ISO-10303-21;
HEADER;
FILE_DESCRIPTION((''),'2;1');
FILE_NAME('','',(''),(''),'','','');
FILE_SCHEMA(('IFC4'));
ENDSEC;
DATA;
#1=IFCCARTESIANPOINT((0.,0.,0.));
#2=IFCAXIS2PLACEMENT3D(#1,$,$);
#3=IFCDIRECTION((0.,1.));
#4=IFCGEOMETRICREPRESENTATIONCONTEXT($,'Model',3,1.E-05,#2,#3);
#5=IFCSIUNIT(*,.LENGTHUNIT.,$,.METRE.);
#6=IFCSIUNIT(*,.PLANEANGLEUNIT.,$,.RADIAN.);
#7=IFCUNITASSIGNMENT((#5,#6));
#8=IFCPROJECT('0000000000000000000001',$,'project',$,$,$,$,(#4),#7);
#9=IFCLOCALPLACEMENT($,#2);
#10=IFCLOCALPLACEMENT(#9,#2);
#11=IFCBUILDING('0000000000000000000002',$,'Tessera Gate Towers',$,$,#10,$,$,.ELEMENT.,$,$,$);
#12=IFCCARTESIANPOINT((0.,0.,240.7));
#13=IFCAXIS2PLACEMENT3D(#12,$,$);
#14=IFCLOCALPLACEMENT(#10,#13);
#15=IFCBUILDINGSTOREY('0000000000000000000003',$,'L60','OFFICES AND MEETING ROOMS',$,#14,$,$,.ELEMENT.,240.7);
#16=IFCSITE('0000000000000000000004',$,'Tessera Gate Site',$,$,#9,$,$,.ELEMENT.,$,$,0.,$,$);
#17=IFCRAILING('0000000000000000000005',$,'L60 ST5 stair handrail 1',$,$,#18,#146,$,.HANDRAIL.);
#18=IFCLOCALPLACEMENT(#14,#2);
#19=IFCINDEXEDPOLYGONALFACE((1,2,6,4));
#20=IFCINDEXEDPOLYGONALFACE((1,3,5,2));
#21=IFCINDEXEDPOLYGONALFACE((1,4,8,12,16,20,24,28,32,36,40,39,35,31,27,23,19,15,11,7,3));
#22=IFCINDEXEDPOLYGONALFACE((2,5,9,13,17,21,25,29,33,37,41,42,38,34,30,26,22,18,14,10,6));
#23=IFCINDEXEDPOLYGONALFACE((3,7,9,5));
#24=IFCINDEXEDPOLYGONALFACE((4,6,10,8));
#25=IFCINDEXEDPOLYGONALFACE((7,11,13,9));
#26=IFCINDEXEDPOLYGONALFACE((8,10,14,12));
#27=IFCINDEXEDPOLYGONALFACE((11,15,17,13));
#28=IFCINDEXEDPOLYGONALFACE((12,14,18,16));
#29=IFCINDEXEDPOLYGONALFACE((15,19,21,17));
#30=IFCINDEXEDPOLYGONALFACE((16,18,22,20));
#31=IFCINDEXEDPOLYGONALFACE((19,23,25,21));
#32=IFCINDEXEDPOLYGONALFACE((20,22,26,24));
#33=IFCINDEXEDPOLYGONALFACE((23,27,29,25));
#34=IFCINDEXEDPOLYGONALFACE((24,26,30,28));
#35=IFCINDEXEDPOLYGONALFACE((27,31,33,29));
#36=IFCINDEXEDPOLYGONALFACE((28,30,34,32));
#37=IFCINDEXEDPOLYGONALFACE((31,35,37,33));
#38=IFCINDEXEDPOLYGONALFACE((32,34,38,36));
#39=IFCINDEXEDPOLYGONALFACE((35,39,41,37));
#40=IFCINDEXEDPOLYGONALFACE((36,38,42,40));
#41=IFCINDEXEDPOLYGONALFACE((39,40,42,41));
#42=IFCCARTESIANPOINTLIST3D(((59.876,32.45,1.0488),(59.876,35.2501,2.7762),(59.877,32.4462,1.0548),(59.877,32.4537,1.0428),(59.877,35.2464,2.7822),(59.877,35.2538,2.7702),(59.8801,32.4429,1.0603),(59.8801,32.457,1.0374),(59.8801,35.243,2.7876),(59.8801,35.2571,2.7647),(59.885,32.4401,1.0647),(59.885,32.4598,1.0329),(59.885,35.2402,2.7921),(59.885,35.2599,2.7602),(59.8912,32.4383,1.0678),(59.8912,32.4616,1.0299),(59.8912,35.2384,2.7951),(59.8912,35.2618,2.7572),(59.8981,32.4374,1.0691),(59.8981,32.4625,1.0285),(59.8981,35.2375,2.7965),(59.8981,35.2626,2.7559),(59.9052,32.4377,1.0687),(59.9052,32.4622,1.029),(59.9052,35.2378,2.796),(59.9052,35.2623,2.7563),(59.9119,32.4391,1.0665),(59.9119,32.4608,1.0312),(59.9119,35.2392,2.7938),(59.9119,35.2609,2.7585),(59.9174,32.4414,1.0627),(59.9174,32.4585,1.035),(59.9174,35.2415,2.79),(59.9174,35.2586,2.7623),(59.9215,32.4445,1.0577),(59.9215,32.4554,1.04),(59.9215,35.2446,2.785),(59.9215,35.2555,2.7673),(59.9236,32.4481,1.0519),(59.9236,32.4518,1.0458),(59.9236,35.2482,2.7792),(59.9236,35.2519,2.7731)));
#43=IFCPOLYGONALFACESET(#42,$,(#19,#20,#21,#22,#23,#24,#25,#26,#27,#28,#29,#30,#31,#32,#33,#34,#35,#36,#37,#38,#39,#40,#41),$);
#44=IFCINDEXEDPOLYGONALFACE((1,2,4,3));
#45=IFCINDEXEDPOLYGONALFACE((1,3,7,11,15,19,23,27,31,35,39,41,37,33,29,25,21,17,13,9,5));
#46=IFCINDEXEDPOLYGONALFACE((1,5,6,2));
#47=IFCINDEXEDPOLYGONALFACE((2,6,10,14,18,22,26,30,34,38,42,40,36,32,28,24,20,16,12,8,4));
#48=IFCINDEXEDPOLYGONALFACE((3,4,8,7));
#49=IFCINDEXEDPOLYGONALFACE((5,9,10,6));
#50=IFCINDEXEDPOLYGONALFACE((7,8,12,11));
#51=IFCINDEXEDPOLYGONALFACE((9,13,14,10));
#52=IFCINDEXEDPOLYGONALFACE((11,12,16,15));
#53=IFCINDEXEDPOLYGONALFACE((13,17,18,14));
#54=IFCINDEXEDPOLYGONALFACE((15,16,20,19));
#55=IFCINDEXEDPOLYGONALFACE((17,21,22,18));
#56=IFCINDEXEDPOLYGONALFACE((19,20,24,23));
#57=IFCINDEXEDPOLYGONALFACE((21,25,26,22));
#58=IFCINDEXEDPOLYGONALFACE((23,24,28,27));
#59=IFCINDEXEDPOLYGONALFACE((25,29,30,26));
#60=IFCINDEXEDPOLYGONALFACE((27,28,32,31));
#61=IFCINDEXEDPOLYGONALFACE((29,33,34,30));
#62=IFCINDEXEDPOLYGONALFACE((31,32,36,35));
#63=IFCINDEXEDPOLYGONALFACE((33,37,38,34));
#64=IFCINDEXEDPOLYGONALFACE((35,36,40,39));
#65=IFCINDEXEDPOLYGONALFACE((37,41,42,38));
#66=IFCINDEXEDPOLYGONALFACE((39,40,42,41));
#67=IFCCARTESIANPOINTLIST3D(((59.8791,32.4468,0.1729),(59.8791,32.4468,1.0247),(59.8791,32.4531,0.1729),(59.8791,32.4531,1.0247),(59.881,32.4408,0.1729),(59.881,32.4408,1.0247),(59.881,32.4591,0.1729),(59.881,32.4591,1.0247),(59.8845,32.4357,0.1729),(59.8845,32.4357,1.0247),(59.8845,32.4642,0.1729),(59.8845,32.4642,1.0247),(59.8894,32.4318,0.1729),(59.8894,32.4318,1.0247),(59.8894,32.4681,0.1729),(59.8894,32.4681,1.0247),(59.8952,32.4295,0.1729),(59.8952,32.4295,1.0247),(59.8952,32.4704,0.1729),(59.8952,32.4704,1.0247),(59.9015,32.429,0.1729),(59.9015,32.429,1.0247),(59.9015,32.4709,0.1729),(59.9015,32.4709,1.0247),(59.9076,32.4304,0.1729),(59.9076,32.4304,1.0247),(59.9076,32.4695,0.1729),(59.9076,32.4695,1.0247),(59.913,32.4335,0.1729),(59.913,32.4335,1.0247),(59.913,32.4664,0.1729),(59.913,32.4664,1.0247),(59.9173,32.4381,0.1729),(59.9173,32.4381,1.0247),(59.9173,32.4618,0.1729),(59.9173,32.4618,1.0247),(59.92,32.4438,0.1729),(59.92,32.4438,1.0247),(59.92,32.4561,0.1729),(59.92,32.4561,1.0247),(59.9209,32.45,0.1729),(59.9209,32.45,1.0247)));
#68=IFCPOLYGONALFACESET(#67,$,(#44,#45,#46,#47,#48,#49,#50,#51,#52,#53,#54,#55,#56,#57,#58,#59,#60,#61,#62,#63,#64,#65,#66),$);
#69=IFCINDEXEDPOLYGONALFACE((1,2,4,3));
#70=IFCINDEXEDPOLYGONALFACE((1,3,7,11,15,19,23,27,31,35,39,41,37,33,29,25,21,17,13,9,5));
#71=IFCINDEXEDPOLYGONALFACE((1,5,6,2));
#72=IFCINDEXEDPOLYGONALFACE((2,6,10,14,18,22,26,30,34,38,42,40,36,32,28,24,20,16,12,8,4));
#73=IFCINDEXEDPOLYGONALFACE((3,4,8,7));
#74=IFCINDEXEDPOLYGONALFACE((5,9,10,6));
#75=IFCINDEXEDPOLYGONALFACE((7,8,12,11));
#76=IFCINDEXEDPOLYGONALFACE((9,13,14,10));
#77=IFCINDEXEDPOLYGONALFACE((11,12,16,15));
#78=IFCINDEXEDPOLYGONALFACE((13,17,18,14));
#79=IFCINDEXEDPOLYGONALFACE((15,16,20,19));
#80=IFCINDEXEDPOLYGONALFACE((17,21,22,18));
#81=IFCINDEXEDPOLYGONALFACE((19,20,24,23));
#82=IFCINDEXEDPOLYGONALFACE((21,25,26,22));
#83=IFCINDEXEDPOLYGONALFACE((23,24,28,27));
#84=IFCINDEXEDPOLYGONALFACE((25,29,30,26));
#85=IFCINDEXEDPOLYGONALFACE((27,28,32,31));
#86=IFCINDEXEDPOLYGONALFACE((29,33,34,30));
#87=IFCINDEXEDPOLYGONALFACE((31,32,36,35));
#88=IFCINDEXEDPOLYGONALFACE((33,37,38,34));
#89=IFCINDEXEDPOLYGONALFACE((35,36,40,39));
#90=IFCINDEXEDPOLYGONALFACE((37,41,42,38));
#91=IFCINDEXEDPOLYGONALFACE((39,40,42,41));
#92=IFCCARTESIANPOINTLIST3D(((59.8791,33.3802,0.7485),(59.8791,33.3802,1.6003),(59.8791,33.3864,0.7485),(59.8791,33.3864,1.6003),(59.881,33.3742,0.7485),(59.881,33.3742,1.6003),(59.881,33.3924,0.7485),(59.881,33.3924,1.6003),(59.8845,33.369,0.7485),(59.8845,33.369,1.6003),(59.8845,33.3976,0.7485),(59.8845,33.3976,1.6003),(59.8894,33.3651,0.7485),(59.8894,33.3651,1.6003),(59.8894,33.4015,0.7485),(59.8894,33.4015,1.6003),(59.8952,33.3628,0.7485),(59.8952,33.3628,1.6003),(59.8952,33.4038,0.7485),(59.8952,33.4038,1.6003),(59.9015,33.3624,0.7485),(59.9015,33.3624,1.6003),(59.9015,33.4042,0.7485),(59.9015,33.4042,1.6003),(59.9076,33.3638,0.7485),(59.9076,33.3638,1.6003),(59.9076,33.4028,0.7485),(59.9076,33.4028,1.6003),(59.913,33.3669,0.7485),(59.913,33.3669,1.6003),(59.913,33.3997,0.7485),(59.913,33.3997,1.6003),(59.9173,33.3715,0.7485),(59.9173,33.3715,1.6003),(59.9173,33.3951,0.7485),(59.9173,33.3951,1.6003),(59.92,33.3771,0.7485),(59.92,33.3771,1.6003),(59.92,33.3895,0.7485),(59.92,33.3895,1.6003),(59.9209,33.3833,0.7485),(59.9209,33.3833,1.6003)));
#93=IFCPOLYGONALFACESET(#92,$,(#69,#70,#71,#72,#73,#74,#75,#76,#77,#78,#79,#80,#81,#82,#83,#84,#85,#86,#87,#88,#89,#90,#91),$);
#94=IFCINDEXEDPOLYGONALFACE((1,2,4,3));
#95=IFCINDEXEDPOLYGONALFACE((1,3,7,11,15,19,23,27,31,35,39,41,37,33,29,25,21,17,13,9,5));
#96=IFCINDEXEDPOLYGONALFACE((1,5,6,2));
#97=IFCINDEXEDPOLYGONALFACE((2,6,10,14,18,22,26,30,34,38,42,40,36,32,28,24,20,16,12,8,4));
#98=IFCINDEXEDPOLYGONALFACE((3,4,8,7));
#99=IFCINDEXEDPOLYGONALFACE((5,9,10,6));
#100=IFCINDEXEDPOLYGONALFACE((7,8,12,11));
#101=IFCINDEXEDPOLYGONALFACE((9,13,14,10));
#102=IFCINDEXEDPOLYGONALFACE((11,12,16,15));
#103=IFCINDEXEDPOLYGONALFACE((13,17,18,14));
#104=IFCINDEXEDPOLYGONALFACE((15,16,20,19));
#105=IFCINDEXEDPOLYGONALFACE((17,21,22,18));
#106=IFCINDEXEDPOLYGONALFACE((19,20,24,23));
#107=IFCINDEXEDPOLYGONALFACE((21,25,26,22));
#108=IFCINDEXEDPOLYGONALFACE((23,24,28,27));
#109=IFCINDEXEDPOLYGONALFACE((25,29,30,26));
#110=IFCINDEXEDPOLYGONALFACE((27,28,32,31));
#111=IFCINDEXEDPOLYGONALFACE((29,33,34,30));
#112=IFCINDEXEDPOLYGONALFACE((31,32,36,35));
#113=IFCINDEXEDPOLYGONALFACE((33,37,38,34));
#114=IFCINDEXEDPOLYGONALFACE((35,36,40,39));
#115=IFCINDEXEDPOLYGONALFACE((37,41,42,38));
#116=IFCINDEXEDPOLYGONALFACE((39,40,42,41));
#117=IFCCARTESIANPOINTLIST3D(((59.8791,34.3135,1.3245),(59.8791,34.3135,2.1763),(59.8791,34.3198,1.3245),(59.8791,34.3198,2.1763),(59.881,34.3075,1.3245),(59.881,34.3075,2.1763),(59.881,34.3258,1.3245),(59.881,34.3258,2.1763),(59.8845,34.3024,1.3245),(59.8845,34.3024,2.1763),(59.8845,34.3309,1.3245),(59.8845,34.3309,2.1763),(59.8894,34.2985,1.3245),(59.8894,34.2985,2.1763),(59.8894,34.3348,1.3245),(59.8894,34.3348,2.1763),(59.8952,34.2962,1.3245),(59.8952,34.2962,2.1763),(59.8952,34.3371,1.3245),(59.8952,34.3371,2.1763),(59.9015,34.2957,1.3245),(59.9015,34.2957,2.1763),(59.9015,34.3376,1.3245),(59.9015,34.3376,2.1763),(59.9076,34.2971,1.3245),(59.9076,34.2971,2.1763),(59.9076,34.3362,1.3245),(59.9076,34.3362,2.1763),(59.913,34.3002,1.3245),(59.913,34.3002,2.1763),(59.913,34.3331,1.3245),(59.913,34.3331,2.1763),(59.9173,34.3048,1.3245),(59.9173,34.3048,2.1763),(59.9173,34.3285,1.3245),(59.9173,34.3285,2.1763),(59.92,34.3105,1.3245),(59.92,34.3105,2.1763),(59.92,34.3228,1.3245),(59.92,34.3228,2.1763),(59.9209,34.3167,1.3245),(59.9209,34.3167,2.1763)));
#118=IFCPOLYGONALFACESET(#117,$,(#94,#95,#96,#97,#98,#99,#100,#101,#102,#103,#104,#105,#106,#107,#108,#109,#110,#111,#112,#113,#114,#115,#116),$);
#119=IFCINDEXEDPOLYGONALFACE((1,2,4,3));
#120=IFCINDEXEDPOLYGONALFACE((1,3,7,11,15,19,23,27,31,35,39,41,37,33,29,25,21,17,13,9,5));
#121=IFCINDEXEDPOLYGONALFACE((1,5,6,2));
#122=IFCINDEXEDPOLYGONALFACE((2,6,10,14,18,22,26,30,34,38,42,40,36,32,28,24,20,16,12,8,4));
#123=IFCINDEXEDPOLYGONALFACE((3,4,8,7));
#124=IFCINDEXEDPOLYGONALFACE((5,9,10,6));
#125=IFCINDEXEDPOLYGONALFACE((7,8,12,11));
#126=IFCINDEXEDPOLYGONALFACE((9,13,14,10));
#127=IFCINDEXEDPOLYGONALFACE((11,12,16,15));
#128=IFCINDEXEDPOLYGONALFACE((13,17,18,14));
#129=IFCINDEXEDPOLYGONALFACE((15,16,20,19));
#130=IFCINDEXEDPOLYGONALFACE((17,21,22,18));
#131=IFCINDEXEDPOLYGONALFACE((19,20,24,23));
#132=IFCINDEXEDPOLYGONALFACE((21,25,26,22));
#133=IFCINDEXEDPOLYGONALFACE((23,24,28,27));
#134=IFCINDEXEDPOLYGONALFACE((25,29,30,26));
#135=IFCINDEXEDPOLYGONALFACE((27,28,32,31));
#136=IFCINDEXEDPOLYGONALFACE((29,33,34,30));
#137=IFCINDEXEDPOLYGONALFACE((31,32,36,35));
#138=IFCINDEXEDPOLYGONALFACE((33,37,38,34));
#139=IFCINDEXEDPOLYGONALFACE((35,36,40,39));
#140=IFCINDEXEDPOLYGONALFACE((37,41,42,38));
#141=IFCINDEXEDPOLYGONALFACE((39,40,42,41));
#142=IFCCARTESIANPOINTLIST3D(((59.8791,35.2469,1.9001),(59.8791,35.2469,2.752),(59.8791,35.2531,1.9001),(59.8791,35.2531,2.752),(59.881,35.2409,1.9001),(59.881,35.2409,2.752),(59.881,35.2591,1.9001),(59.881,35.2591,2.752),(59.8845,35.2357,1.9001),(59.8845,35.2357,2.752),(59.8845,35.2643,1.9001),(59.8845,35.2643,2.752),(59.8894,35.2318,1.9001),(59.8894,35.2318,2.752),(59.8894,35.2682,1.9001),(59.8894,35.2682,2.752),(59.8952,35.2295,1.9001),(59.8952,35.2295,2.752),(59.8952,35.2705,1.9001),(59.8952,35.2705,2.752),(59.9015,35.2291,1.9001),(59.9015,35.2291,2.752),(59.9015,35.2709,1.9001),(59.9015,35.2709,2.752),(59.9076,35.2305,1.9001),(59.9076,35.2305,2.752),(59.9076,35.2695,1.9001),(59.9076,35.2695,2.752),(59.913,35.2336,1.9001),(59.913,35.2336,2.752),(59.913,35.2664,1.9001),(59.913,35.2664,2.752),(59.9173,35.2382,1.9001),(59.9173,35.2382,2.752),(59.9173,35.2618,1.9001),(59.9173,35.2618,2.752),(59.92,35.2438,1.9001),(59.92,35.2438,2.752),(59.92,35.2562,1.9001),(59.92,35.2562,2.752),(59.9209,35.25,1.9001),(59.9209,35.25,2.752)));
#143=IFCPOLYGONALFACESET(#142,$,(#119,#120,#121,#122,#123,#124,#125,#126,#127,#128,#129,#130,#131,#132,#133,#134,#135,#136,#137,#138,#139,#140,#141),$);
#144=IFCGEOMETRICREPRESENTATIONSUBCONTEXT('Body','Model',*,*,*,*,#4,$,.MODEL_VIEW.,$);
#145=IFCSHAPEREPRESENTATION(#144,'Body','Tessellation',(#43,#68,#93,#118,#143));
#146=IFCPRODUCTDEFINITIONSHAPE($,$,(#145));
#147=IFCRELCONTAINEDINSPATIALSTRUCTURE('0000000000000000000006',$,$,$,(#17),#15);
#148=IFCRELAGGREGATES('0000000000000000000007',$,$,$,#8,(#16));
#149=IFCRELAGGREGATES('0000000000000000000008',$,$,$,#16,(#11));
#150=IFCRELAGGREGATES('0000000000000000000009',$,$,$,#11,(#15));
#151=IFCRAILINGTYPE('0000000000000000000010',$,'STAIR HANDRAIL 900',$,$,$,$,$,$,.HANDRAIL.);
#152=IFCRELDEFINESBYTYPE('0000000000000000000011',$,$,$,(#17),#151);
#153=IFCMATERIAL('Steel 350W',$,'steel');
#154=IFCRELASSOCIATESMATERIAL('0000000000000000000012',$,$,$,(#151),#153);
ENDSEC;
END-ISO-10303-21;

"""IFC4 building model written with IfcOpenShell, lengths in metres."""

from ifc_helpers import new_model, si_unit, direction, frame, origin, origin_2d, place, context, subcontext, project, spatial, circle, extrude, material, type_object, element, save


model = new_model("IFC4")

# Units and contexts
model_context = context("Model", 3, precision=1e-05, world=origin(), true_north=direction((0.0, 1.0)))
body_context = subcontext(model_context, "Body", "Model", "MODEL_VIEW")
ifc_project = project(units=[si_unit("LENGTHUNIT", "METRE"), si_unit("PLANEANGLEUNIT", "RADIAN")], contexts=[model_context])

# Site, building, storey
site_placement = place(None, origin())
site = spatial("IfcSite", under=ifc_project, at=site_placement, Name="Tessera Gate Site", CompositionType="ELEMENT", RefElevation=0.0)
building_placement = place(site_placement, origin())
building = spatial("IfcBuilding", under=site, at=building_placement, Name="Tessera Gate Towers", CompositionType="ELEMENT")
storey_placement = place(building_placement, frame((0.0, 0.0, 240.7)))
storey = spatial("IfcBuildingStorey", under=building, at=storey_placement, Name="L60", Description="OFFICES AND MEETING ROOMS", CompositionType="ELEMENT", Elevation=240.7)

# Railing
ifc_material_1 = material(Name="Steel 350W", Category="steel")
railing_type_1 = type_object("IfcRailingType", Name="STAIR HANDRAIL 900", PredefinedType="HANDRAIL", material=ifc_material_1)
for number, where, name in (
    (1, (59.8999, 32.45, 0.1729), "L60 ST5 stair handrail 1"),
):
    element("IfcRailing", number, at=place(storey_placement, frame(where)), inside=storey, type_object=railing_type_1, Name=name, PredefinedType="HANDRAIL", context=body_context, shape_type="SweptSolid", body=[
        extrude(circle(Radius=0.0239, at=origin_2d()), frame((0.0, 0.0, 0.876), z_axis=(0.0, 0.85109, 0.52502), x_axis=(-1.0, 0.0, 0.0)), (0.0, 0.0, 1.0), 3.29),
        extrude(circle(Radius=0.021, at=origin_2d()), origin(), (0.0, 0.0, 1.0), 0.8518),
        extrude(circle(Radius=0.021, at=origin_2d()), frame((0.0, 0.9333, 0.5757)), (0.0, 0.0, 1.0), 0.8518),
        extrude(circle(Radius=0.021, at=origin_2d()), frame((0.0, 1.8667, 1.1516)), (0.0, 0.0, 1.0), 0.8518),
        extrude(circle(Radius=0.021, at=origin_2d()), frame((0.0, 2.8, 1.7273)), (0.0, 0.0, 1.0), 0.8518),
    ])

save(model, "model.ifc")
